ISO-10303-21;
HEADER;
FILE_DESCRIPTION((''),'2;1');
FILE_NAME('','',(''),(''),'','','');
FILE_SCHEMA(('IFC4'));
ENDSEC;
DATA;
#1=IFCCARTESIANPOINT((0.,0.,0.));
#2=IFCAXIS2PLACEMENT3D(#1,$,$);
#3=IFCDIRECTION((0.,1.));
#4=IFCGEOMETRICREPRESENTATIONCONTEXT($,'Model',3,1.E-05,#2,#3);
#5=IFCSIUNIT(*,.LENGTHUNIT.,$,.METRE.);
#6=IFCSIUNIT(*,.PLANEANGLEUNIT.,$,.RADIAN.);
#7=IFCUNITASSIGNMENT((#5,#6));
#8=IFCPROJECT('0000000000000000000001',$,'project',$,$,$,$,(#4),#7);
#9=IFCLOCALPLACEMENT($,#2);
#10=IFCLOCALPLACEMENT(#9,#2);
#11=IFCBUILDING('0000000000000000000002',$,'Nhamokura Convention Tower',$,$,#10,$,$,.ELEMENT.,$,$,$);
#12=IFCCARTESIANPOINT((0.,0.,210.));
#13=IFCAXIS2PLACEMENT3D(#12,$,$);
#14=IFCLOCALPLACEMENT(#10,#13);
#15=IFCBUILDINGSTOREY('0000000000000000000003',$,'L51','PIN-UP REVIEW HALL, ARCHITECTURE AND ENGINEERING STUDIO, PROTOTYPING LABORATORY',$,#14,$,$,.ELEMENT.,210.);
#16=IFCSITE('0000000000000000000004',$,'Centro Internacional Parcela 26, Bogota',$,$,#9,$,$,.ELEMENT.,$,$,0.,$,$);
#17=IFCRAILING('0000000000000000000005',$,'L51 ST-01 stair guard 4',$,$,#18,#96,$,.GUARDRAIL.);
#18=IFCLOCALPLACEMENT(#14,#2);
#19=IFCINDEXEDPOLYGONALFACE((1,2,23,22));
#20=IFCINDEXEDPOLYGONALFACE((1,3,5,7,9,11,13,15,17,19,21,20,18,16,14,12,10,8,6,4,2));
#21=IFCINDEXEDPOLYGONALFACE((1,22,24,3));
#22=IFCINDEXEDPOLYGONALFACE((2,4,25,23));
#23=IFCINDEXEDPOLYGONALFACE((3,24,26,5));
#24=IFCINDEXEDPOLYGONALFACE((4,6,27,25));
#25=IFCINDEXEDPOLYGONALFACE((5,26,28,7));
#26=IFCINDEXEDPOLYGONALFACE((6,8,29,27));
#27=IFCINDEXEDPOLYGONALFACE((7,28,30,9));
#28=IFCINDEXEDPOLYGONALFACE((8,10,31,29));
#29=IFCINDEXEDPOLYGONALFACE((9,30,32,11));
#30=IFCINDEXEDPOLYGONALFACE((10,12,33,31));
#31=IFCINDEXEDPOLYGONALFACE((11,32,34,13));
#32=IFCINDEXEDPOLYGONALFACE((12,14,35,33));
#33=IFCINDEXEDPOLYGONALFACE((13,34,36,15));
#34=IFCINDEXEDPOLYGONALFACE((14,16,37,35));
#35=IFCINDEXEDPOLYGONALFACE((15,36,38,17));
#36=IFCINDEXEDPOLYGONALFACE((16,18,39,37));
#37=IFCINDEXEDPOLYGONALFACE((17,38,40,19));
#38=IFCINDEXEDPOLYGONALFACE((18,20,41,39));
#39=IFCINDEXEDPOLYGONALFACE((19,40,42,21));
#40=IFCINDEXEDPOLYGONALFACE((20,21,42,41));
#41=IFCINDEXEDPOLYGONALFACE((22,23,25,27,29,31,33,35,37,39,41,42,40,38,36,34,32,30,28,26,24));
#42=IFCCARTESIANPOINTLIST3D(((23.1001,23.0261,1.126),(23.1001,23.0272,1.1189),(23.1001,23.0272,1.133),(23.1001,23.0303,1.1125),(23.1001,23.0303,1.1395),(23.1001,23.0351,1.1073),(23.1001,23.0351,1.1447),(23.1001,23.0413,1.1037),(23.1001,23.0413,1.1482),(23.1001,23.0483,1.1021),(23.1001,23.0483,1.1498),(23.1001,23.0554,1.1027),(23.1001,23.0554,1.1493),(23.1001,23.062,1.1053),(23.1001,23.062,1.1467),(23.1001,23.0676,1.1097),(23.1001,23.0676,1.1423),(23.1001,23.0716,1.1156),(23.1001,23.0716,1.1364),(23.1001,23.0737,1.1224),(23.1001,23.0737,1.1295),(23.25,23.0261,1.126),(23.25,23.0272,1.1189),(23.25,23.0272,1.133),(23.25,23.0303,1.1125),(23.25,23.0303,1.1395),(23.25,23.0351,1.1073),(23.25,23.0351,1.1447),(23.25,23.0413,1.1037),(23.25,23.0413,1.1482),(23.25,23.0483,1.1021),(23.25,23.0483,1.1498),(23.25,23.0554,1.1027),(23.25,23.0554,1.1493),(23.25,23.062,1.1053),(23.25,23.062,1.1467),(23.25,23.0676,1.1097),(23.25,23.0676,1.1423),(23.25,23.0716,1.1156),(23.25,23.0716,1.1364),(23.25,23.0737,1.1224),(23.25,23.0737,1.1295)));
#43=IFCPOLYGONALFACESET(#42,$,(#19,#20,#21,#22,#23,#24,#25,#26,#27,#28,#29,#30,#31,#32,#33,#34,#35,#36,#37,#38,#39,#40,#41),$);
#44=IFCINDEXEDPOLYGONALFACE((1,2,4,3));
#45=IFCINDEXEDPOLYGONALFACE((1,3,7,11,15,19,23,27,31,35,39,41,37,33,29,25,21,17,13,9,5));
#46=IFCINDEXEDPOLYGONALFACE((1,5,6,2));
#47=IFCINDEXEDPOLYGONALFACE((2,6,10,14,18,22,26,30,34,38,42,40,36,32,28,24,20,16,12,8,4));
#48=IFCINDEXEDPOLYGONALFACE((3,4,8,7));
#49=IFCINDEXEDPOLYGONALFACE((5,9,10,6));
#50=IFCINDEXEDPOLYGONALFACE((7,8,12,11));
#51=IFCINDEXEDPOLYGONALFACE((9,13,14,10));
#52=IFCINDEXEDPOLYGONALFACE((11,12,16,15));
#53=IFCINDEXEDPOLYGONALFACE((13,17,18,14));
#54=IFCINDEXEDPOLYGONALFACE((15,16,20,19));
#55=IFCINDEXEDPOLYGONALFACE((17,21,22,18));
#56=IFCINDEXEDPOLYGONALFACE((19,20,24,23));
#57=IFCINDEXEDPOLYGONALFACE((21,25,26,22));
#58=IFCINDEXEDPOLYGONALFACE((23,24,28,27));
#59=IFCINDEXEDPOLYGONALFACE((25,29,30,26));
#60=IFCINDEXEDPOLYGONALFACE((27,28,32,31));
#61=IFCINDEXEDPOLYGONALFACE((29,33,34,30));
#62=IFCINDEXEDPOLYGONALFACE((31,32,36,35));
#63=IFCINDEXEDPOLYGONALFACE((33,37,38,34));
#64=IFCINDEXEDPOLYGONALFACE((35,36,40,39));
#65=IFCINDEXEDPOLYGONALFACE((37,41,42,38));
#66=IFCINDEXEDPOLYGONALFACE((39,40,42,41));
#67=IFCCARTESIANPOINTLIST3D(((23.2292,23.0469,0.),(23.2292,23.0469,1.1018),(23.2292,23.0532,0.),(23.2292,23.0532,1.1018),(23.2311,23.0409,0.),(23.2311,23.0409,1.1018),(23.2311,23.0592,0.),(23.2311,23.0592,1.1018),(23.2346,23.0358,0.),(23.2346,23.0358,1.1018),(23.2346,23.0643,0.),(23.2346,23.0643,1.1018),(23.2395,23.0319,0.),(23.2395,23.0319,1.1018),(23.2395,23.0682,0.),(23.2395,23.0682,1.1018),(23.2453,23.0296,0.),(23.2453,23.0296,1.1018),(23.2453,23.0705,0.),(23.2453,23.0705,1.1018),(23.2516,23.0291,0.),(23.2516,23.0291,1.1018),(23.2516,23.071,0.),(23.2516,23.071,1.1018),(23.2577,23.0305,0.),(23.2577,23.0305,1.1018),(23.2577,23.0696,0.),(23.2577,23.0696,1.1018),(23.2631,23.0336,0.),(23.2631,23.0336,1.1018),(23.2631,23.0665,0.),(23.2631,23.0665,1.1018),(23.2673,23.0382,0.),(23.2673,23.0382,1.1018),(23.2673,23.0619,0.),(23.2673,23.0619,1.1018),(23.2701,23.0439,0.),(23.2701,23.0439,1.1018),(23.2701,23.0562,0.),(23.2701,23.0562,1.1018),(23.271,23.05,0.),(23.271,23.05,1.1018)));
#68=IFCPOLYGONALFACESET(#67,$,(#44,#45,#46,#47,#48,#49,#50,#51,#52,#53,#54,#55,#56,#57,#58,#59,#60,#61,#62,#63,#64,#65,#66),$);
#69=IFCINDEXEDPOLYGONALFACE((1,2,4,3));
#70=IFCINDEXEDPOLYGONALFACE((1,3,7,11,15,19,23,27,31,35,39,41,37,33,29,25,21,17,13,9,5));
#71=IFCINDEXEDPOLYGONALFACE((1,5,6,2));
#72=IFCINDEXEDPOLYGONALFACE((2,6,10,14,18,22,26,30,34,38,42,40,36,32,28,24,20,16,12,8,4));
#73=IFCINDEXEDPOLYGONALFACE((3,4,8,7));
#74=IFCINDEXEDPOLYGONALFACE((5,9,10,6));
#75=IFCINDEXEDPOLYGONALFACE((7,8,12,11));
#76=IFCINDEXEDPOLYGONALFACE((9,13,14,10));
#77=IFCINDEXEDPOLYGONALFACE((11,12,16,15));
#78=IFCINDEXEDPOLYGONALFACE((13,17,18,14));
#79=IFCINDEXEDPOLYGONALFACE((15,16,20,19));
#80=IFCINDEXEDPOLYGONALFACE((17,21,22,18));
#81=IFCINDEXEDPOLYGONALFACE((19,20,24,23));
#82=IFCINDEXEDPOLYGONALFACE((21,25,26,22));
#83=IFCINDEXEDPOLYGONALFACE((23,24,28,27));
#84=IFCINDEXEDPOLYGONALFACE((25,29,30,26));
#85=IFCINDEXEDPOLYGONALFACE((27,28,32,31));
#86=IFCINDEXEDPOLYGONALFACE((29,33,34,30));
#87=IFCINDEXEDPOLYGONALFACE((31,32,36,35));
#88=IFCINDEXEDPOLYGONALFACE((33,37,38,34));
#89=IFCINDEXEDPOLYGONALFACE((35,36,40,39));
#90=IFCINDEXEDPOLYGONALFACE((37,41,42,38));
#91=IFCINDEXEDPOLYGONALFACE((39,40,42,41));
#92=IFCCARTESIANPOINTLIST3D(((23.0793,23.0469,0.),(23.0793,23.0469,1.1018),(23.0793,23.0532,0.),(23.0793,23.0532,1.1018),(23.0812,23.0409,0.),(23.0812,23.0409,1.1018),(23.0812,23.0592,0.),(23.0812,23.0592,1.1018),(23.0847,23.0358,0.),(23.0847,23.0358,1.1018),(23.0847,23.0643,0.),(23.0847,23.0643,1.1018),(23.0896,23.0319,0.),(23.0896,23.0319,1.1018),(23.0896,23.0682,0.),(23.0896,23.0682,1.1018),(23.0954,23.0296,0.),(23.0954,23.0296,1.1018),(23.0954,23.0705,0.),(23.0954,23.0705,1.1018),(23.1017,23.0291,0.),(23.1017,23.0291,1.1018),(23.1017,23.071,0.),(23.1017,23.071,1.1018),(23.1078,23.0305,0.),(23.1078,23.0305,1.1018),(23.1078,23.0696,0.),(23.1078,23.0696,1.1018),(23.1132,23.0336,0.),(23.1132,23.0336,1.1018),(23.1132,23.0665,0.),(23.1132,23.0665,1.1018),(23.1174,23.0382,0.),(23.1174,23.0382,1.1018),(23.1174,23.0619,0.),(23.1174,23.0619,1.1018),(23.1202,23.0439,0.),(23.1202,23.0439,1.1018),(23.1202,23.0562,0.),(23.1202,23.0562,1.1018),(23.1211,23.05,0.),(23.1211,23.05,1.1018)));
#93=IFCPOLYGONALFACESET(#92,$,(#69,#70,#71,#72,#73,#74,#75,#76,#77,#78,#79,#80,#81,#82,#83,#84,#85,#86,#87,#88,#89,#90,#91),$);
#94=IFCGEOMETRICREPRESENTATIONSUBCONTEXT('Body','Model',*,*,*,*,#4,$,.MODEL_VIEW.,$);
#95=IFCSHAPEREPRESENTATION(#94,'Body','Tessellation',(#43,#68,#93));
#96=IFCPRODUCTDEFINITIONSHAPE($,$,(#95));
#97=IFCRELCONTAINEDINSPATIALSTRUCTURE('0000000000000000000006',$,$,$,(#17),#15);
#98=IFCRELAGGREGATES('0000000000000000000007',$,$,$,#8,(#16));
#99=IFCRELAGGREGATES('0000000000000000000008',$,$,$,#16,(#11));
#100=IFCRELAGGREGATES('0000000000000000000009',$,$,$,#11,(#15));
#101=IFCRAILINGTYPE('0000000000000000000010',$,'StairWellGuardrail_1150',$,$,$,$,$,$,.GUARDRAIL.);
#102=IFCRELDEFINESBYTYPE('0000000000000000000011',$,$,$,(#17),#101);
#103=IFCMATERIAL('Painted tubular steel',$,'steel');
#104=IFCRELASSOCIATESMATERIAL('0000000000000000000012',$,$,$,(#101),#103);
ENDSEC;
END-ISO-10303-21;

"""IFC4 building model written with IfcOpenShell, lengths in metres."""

from ifc_helpers import new_model, si_unit, direction, frame, origin, origin_2d, place, context, subcontext, project, spatial, circle, extrude, material, type_object, element, save


model = new_model("IFC4")

# Units and contexts
model_context = context("Model", 3, precision=1e-05, world=origin(), true_north=direction((0.0, 1.0)))
body_context = subcontext(model_context, "Body", "Model", "MODEL_VIEW")
ifc_project = project(units=[si_unit("LENGTHUNIT", "METRE"), si_unit("PLANEANGLEUNIT", "RADIAN")], contexts=[model_context])

# Site, building, storey
site_placement = place(None, origin())
site = spatial("IfcSite", under=ifc_project, at=site_placement, Name="Centro Internacional Parcela 26, Bogota", CompositionType="ELEMENT", RefElevation=0.0)
building_placement = place(site_placement, origin())
building = spatial("IfcBuilding", under=site, at=building_placement, Name="Nhamokura Convention Tower", CompositionType="ELEMENT")
storey_placement = place(building_placement, frame((0.0, 0.0, 210.0)))
storey = spatial("IfcBuildingStorey", under=building, at=storey_placement, Name="L51", Description="PIN-UP REVIEW HALL, ARCHITECTURE AND ENGINEERING STUDIO, PROTOTYPING LABORATORY", CompositionType="ELEMENT", Elevation=210.0)

# Railing
ifc_material_1 = material(Name="Painted tubular steel", Category="steel")
railing_type_1 = type_object("IfcRailingType", Name="StairWellGuardrail_1150", PredefinedType="GUARDRAIL", material=ifc_material_1)
railing_1_placement = place(storey_placement, frame((23.25, 23.05, 0.0)))
element("IfcRailing", 1, at=railing_1_placement, inside=storey, type_object=railing_type_1, Name="L51 ST-01 stair guard 4", PredefinedType="GUARDRAIL", context=body_context, shape_type="SweptSolid", body=[
    extrude(circle(Radius=0.0239, at=origin_2d()), frame((0.0, 0.0, 1.126), z_axis=(-1.0, 0.0, 0.0), x_axis=(0.0, -1.0, 0.0)), (0.0, 0.0, 1.0), 0.1499),
    extrude(circle(Radius=0.021, at=origin_2d()), origin(), (0.0, 0.0, 1.0), 1.1018),
    extrude(circle(Radius=0.021, at=origin_2d()), frame((-0.1499, 0.0, 0.0)), (0.0, 0.0, 1.0), 1.1018),
])

save(model, "model.ifc")
